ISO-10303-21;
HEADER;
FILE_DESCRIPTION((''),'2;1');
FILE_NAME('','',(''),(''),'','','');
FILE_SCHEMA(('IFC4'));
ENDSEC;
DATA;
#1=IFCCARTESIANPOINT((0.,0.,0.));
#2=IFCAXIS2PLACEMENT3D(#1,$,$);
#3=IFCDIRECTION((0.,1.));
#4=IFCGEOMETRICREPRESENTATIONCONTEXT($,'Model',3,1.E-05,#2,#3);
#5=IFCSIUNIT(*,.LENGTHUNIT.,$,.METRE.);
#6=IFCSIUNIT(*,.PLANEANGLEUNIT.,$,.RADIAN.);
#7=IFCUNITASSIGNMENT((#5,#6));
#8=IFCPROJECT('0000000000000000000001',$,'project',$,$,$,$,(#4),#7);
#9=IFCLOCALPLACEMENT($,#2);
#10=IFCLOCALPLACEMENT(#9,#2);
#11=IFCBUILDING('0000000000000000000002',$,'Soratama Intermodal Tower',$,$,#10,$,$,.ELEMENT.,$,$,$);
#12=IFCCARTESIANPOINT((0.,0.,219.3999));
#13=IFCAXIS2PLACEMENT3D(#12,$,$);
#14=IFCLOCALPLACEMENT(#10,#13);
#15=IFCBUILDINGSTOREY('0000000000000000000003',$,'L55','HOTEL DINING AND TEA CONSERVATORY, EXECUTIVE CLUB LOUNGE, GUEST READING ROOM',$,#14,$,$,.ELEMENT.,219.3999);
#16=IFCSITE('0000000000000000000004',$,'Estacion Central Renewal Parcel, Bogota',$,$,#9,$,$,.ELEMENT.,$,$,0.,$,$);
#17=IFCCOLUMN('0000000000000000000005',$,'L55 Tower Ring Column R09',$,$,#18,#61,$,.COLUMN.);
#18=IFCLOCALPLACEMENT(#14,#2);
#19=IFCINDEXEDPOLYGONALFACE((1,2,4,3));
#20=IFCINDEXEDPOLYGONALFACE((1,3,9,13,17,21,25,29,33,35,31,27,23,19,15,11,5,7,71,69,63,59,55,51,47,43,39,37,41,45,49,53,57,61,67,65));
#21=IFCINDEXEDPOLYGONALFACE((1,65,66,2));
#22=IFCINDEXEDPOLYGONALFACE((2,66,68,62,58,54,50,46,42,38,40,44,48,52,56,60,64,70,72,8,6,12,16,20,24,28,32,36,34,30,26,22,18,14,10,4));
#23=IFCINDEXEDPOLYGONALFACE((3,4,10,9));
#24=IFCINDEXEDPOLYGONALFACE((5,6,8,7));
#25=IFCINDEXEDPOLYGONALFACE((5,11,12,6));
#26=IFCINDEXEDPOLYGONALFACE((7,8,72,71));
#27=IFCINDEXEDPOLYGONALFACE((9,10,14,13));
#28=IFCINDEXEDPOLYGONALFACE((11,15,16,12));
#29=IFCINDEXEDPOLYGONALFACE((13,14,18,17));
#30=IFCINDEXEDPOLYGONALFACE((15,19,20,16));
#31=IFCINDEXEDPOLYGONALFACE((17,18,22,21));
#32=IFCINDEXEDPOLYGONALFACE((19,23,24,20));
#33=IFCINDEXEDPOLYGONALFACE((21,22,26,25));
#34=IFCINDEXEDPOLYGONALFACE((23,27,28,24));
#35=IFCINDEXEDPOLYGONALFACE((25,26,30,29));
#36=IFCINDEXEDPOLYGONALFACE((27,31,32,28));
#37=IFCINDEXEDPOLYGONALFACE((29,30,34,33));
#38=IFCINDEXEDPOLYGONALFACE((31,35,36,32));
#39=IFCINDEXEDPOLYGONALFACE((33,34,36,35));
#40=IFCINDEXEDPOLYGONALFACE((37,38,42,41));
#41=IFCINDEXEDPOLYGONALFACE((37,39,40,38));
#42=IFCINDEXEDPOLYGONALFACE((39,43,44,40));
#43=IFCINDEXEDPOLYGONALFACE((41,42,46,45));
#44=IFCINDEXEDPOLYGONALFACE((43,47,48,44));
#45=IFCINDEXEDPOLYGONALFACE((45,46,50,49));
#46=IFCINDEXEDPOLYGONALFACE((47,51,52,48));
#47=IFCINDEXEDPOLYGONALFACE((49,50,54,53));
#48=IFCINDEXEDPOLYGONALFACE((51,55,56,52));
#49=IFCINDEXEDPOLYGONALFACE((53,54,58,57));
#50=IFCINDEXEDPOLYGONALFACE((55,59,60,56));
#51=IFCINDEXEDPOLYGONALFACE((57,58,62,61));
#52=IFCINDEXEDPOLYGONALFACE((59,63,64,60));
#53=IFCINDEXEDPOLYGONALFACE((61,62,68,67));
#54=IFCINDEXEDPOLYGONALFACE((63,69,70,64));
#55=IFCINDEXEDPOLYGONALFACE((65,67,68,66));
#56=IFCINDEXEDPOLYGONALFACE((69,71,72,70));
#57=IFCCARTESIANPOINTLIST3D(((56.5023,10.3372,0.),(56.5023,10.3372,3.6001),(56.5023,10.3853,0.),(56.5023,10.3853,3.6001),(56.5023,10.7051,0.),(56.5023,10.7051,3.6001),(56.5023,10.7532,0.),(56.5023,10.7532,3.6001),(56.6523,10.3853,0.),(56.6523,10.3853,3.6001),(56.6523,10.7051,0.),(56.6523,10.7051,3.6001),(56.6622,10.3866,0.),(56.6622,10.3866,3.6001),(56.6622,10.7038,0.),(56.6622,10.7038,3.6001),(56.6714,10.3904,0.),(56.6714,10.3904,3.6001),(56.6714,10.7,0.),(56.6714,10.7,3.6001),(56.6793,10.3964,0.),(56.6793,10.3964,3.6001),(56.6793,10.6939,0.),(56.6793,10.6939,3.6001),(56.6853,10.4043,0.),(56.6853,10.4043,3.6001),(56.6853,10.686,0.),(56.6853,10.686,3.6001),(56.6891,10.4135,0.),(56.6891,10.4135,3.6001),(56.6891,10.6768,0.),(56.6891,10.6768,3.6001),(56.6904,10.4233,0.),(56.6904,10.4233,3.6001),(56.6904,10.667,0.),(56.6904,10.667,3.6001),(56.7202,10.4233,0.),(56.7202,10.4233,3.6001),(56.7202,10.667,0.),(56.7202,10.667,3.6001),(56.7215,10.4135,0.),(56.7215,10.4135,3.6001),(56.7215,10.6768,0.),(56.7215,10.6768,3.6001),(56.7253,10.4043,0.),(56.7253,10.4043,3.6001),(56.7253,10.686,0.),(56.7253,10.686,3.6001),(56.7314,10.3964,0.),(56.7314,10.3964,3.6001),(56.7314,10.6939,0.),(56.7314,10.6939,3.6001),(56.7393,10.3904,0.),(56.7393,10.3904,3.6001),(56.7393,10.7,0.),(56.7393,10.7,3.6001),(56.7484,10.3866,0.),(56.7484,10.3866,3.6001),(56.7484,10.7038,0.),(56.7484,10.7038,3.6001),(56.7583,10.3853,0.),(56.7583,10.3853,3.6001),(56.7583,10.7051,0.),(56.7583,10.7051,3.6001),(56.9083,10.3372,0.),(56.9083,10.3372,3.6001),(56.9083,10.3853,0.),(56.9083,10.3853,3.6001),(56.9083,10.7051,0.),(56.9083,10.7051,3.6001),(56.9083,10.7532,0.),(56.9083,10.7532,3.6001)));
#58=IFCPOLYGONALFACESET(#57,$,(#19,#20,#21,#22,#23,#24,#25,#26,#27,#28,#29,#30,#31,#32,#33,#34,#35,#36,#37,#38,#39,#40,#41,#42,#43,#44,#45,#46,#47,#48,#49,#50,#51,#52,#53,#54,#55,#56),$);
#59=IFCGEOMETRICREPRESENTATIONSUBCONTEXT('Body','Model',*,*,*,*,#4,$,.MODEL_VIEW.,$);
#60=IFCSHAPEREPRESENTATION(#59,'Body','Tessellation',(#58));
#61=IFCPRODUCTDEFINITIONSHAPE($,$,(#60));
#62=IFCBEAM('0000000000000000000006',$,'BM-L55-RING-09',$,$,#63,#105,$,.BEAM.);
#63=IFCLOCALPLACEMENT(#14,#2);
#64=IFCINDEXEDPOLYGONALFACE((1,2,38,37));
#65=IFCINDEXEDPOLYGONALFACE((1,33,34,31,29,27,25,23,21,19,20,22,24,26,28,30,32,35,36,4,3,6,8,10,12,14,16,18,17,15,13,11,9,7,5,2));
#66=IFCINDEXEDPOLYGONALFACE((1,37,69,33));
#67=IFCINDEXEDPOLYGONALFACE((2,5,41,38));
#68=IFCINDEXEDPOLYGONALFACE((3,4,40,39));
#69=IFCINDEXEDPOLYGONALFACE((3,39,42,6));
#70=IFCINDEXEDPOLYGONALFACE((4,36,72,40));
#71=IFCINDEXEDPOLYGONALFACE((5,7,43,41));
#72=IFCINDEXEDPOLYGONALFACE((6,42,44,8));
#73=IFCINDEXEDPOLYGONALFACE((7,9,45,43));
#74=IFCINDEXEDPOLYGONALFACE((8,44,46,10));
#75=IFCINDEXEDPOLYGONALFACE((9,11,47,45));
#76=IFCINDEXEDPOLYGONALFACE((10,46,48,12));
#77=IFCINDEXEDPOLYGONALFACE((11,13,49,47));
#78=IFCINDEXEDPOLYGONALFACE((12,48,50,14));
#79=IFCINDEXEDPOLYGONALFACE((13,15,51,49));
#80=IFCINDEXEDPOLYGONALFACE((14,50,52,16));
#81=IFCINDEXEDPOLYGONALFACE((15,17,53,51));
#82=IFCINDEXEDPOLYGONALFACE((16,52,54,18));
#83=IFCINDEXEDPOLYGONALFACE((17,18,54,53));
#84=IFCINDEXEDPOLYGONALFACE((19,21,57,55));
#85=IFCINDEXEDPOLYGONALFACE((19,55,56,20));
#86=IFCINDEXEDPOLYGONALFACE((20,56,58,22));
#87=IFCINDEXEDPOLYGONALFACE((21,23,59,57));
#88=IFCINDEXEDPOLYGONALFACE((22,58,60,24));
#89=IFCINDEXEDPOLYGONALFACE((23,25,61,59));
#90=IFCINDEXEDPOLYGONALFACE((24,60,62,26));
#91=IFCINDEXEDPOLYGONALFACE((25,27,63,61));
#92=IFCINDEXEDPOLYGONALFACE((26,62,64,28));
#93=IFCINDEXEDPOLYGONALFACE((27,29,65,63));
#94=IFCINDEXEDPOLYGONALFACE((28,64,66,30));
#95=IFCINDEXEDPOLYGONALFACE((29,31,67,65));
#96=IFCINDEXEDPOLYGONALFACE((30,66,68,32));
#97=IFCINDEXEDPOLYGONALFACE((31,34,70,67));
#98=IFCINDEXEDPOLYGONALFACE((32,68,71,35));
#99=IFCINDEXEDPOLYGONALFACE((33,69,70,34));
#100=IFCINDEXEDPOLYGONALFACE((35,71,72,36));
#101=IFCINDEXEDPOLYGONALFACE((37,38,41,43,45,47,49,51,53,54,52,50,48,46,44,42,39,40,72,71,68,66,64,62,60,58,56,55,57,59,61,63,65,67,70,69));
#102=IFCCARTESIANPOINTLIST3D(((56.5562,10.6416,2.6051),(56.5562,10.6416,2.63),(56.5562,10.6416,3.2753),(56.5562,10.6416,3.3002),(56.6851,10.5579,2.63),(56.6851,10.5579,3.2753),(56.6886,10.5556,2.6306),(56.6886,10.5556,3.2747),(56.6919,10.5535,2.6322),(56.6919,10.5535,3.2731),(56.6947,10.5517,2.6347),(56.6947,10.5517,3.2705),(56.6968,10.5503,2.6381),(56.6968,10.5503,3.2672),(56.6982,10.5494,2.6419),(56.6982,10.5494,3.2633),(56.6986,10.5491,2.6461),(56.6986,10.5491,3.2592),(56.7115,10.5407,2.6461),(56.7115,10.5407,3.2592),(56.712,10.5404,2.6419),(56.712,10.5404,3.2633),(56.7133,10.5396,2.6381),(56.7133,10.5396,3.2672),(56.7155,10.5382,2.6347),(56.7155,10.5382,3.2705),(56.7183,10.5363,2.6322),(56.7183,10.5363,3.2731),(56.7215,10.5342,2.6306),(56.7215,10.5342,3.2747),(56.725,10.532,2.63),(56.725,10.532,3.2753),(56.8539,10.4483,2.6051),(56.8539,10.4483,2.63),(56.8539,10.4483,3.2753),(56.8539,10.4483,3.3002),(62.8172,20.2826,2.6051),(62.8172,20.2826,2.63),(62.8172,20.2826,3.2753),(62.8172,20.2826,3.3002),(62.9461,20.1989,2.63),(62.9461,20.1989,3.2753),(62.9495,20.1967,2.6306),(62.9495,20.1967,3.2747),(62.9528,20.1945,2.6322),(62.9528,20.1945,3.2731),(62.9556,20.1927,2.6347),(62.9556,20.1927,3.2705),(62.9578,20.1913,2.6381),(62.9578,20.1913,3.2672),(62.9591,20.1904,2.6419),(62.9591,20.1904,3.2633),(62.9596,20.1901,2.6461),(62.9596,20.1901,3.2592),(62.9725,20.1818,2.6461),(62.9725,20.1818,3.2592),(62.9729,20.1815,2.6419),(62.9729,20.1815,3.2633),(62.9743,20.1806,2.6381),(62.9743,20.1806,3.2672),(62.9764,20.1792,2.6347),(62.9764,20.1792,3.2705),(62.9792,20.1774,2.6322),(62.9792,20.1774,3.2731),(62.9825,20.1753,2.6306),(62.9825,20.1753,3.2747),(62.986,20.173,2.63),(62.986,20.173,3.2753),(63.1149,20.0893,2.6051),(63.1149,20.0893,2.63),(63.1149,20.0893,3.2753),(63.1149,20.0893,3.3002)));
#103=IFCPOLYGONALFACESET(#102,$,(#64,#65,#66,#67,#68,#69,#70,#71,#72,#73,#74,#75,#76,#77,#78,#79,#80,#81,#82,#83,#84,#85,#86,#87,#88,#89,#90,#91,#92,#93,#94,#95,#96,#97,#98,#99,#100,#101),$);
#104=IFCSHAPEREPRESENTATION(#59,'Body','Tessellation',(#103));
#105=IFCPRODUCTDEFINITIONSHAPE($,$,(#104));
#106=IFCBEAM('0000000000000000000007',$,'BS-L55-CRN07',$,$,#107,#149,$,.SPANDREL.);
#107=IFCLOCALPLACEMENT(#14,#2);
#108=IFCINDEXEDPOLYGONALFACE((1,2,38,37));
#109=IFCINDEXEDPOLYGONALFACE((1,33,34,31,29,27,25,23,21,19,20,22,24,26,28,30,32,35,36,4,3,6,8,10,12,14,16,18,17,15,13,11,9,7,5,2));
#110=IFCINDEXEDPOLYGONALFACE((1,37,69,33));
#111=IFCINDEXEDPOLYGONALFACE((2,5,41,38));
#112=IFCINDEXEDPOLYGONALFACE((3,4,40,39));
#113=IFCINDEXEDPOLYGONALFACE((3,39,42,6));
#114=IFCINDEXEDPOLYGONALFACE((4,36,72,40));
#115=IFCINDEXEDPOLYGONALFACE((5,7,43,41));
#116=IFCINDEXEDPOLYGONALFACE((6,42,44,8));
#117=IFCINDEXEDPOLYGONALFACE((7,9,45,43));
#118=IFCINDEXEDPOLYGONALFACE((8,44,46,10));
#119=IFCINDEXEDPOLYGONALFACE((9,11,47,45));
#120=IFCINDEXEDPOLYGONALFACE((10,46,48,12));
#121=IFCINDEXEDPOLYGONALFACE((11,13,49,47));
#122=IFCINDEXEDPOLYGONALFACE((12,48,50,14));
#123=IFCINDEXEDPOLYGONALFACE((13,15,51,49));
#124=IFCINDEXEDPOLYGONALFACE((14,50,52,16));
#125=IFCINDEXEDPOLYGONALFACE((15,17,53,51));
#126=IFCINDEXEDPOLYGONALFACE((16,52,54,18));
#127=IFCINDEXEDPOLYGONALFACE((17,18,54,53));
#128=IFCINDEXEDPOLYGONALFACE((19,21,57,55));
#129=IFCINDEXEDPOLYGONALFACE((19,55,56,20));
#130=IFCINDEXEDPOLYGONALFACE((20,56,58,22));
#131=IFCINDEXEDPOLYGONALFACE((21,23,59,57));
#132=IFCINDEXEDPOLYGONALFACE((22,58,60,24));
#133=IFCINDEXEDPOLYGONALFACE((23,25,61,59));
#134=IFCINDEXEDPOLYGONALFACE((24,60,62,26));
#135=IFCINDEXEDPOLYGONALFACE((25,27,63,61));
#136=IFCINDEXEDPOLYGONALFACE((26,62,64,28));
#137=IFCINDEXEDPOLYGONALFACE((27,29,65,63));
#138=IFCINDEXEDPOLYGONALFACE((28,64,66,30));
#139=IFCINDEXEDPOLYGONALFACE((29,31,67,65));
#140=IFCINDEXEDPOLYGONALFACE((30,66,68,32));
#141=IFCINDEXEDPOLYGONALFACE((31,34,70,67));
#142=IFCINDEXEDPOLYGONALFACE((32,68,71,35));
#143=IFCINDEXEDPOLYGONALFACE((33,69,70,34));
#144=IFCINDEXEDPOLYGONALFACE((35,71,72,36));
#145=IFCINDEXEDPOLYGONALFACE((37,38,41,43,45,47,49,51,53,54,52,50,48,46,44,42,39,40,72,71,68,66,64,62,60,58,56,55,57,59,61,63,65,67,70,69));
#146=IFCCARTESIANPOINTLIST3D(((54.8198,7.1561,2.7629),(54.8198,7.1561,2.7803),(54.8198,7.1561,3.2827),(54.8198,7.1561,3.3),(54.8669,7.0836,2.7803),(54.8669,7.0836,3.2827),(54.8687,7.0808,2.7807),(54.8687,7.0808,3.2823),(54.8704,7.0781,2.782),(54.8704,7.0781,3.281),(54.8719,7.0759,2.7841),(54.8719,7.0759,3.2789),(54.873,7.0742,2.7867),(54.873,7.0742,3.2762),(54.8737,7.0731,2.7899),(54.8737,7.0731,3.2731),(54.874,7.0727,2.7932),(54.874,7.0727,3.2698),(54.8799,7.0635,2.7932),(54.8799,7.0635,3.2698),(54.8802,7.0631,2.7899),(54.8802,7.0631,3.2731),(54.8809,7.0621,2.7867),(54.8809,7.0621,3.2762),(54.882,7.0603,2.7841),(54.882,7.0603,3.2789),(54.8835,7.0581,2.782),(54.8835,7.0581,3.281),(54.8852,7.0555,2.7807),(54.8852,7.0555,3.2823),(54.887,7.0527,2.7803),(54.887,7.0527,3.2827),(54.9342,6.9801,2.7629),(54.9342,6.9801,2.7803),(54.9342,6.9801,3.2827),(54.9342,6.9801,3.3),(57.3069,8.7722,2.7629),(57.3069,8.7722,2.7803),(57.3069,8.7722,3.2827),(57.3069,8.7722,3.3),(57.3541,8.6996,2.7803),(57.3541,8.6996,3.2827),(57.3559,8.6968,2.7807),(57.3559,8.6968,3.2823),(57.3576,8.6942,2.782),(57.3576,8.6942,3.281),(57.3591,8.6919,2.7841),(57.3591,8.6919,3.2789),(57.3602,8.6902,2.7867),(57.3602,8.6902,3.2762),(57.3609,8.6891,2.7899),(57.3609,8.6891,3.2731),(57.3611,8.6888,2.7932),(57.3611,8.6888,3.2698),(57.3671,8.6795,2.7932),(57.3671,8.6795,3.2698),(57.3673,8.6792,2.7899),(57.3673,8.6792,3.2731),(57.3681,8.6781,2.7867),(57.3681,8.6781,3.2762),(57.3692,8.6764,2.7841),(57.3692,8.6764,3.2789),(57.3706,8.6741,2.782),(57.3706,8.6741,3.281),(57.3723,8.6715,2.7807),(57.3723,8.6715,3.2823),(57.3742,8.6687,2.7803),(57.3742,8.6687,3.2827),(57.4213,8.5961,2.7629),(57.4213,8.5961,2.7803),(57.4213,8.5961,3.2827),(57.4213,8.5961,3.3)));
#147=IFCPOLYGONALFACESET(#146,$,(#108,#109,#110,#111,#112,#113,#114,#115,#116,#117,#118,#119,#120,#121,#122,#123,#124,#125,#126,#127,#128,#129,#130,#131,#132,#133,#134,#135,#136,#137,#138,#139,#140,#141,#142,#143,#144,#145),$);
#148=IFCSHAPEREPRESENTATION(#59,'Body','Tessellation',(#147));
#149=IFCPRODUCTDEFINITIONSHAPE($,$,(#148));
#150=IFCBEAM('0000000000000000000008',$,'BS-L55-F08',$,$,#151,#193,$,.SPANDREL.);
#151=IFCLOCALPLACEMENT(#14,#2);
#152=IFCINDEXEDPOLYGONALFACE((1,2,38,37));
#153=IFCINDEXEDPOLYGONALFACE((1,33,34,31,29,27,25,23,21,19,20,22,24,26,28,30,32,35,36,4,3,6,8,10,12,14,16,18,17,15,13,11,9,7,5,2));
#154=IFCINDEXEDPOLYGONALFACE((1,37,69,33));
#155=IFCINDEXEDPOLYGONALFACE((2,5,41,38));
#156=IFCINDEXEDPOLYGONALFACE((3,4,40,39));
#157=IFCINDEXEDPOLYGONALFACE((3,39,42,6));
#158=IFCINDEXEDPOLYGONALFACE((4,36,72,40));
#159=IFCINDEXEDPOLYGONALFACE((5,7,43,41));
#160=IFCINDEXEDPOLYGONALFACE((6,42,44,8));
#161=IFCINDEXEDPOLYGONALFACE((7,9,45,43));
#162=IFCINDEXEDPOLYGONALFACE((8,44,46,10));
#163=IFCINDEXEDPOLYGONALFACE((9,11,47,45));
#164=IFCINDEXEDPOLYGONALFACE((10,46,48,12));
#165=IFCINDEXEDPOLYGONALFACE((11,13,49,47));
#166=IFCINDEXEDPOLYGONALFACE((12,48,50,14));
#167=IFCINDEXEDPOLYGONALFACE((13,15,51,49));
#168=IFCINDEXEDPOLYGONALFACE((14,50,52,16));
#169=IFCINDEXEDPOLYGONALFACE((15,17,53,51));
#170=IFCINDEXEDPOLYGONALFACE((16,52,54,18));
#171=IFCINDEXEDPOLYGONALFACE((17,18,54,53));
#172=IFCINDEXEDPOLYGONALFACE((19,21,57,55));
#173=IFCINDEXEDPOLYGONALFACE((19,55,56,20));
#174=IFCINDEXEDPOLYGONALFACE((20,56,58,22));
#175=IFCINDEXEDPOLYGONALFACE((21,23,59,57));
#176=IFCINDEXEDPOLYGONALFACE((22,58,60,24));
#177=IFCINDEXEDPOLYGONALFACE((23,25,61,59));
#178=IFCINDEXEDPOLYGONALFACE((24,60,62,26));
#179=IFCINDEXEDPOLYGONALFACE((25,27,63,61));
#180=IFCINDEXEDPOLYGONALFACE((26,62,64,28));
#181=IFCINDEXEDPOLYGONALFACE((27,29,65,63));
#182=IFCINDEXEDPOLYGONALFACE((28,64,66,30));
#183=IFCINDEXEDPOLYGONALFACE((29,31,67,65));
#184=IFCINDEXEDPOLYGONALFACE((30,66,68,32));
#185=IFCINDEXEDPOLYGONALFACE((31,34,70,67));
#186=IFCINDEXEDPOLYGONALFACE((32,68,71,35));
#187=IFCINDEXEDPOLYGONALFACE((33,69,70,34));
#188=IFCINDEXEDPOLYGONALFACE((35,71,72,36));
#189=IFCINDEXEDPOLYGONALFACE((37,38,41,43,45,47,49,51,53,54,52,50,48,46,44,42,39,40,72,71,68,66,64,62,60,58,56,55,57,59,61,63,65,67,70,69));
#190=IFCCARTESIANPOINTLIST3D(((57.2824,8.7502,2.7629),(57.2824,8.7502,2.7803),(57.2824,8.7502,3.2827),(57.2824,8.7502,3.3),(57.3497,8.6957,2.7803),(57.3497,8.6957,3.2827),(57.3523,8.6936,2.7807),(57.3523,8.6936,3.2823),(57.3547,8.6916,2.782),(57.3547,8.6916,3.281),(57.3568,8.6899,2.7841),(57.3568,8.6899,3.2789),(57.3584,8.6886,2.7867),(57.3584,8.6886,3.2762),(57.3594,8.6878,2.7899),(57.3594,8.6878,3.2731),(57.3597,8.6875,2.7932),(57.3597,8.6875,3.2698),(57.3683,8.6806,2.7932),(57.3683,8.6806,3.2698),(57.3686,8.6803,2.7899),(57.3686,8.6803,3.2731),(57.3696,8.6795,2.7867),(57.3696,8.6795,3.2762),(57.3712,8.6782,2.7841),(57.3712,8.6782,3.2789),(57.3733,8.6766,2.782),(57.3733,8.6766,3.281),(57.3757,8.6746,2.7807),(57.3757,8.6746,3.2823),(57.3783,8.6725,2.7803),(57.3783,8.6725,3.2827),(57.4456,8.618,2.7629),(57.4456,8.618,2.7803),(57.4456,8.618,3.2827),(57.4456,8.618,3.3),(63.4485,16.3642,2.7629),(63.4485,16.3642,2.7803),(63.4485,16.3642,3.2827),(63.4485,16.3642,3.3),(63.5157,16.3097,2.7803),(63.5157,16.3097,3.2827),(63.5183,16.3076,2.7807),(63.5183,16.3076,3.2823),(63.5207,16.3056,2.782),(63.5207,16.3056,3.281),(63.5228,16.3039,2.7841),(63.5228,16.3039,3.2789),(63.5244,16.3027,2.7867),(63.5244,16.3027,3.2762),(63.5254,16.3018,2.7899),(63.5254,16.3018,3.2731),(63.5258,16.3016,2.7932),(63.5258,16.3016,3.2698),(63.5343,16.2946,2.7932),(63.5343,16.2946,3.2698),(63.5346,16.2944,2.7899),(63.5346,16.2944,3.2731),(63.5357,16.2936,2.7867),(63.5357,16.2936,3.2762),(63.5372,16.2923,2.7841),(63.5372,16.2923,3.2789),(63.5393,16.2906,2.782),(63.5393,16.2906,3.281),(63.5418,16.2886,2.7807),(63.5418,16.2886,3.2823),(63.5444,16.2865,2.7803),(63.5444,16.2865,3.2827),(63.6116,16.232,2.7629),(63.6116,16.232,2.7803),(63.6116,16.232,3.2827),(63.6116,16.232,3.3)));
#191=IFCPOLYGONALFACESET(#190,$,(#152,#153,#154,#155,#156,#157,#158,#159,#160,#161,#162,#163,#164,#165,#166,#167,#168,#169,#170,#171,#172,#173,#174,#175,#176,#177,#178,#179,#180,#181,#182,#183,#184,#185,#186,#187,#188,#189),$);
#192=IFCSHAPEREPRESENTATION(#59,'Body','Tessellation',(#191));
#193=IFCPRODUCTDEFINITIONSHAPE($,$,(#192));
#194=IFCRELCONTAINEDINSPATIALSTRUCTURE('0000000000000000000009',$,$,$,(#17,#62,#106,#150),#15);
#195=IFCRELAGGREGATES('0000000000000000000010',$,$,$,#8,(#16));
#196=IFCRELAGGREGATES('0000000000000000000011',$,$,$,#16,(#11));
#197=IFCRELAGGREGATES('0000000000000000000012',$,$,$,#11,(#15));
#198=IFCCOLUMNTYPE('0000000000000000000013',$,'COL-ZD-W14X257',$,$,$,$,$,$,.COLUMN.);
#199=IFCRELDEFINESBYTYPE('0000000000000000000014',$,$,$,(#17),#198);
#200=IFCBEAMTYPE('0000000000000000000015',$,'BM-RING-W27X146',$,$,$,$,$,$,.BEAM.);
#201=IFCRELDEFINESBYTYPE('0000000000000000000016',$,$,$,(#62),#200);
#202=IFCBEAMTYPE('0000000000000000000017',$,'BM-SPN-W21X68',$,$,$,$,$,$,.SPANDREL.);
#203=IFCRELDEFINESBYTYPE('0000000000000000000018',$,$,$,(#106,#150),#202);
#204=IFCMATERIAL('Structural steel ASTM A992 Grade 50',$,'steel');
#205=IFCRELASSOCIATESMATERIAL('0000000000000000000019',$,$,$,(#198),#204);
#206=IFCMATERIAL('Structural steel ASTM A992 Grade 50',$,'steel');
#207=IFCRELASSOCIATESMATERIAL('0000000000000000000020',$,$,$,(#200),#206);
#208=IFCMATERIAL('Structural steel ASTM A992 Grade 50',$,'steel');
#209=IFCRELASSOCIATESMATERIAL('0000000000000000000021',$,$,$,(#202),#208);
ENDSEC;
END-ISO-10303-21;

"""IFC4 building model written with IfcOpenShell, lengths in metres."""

from ifc_helpers import new_model, si_unit, direction, frame, origin, origin_2d, place, context, subcontext, project, spatial, i_section, extrude, material, material_profile, profile_set, type_object, element, save


model = new_model("IFC4")

# Units and contexts
model_context = context("Model", 3, precision=1e-05, world=origin(), true_north=direction((0.0, 1.0)))
body_context = subcontext(model_context, "Body", "Model", "MODEL_VIEW")
ifc_project = project(units=[si_unit("LENGTHUNIT", "METRE"), si_unit("PLANEANGLEUNIT", "RADIAN")], contexts=[model_context])

# Site, building, storey
site_placement = place(None, origin())
site = spatial("IfcSite", under=ifc_project, at=site_placement, Name="Estacion Central Renewal Parcel, Bogota", CompositionType="ELEMENT", RefElevation=0.0)
building_placement = place(site_placement, origin())
building = spatial("IfcBuilding", under=site, at=building_placement, Name="Soratama Intermodal Tower", CompositionType="ELEMENT")
storey_placement = place(building_placement, frame((0.0, 0.0, 219.3999)))
storey = spatial("IfcBuildingStorey", under=building, at=storey_placement, Name="L55", Description="HOTEL DINING AND TEA CONSERVATORY, EXECUTIVE CLUB LOUNGE, GUEST READING ROOM", CompositionType="ELEMENT", Elevation=219.3999)

# Column
ifc_material_1 = material(Name="Structural steel ASTM A992 Grade 50", Category="steel")
ifc_material_profile_1 = material_profile(ifc_material_1, i_section(OverallWidth=0.406, OverallDepth=0.416, WebThickness=0.0298, FlangeThickness=0.0481, FilletRadius=0.0381, at=origin_2d()), Name="W14X257")
ifc_profile_set_1 = profile_set([ifc_material_profile_1], Name="Structural steel ASTM A992 Grade 50")
column_type = type_object("IfcColumnType", Name="COL-ZD-W14X257", PredefinedType="COLUMN", material=ifc_profile_set_1)
column_placement = place(storey_placement, frame((56.7053, 10.5452, 0.0), z_axis=(0.0, 0.0, 1.0), x_axis=(1.0, 0.0, 0.0)))
element("IfcColumn", 1, at=column_placement, inside=storey, type_object=column_type, Name="L55 Tower Ring Column R09", PredefinedType="COLUMN", context=body_context, shape_type="SweptSolid", body=[
    extrude(i_section(OverallWidth=0.406, OverallDepth=0.416, WebThickness=0.0298, FlangeThickness=0.0481, FilletRadius=0.0381, at=origin_2d()), origin(), (0.0, 0.0, 1.0), 3.6001),
])

# Beams
ifc_material_2 = material(Name="Structural steel ASTM A992 Grade 50", Category="steel")
ifc_material_profile_2 = material_profile(ifc_material_2, i_section(OverallWidth=0.355, OverallDepth=0.6951, WebThickness=0.0154, FlangeThickness=0.0249, FilletRadius=0.0161, at=origin_2d()), Name="W27X146")
ifc_profile_set_2 = profile_set([ifc_material_profile_2], Name="Structural steel ASTM A992 Grade 50")
beam_type_1 = type_object("IfcBeamType", Name="BM-RING-W27X146", PredefinedType="BEAM", material=ifc_profile_set_2)
beam_1_placement = place(storey_placement, frame((56.7051, 10.5449, 2.9526), z_axis=(0.544637, 0.838672, 0.0), x_axis=(-0.838672, 0.544637, 0.0)))
element("IfcBeam", 2, at=beam_1_placement, inside=storey, type_object=beam_type_1, Name="BM-L55-RING-09", PredefinedType="BEAM", context=body_context, shape_type="SweptSolid", body=[
    extrude(i_section(OverallWidth=0.355, OverallDepth=0.6951, WebThickness=0.0154, FlangeThickness=0.0249, FilletRadius=0.0161, at=origin_2d()), origin(), (0.0, 0.0, 1.0), 11.4956),
])
ifc_material_3 = material(Name="Structural steel ASTM A992 Grade 50", Category="steel")
ifc_material_profile_3 = material_profile(ifc_material_3, i_section(OverallWidth=0.21, OverallDepth=0.5371, WebThickness=0.011, FlangeThickness=0.0173, FilletRadius=0.0129, at=origin_2d()), Name="W21X68")
ifc_profile_set_3 = profile_set([ifc_material_profile_3], Name="Structural steel ASTM A992 Grade 50")
beam_type_2 = type_object("IfcBeamType", Name="BM-SPN-W21X68", PredefinedType="SPANDREL", material=ifc_profile_set_3)
beam_2_placement = place(storey_placement, frame((54.877, 7.0681, 3.0315), z_axis=(0.83854, 0.544841, 0.0), x_axis=(-0.544841, 0.83854, 0.0)))
element("IfcBeam", 3, at=beam_2_placement, inside=storey, type_object=beam_type_2, Name="BS-L55-CRN07", PredefinedType="SPANDREL", context=body_context, shape_type="SweptSolid", body=[
    extrude(i_section(OverallWidth=0.21, OverallDepth=0.5371, WebThickness=0.011, FlangeThickness=0.0173, FilletRadius=0.0129, at=origin_2d()), origin(), (0.0, 0.0, 1.0), 2.9661),
])
beam_3_placement = place(storey_placement, frame((57.364, 8.6841, 3.0315), z_axis=(0.629339, 0.777131, 0.0), x_axis=(-0.777131, 0.629339, 0.0)))
element("IfcBeam", 4, at=beam_3_placement, inside=storey, type_object=beam_type_2, Name="BS-L55-F08", PredefinedType="SPANDREL", context=body_context, shape_type="SweptSolid", body=[
    extrude(i_section(OverallWidth=0.21, OverallDepth=0.5371, WebThickness=0.011, FlangeThickness=0.0173, FilletRadius=0.0129, at=origin_2d()), origin(), (0.0, 0.0, 1.0), 9.7976),
])

save(model, "model.ifc")
